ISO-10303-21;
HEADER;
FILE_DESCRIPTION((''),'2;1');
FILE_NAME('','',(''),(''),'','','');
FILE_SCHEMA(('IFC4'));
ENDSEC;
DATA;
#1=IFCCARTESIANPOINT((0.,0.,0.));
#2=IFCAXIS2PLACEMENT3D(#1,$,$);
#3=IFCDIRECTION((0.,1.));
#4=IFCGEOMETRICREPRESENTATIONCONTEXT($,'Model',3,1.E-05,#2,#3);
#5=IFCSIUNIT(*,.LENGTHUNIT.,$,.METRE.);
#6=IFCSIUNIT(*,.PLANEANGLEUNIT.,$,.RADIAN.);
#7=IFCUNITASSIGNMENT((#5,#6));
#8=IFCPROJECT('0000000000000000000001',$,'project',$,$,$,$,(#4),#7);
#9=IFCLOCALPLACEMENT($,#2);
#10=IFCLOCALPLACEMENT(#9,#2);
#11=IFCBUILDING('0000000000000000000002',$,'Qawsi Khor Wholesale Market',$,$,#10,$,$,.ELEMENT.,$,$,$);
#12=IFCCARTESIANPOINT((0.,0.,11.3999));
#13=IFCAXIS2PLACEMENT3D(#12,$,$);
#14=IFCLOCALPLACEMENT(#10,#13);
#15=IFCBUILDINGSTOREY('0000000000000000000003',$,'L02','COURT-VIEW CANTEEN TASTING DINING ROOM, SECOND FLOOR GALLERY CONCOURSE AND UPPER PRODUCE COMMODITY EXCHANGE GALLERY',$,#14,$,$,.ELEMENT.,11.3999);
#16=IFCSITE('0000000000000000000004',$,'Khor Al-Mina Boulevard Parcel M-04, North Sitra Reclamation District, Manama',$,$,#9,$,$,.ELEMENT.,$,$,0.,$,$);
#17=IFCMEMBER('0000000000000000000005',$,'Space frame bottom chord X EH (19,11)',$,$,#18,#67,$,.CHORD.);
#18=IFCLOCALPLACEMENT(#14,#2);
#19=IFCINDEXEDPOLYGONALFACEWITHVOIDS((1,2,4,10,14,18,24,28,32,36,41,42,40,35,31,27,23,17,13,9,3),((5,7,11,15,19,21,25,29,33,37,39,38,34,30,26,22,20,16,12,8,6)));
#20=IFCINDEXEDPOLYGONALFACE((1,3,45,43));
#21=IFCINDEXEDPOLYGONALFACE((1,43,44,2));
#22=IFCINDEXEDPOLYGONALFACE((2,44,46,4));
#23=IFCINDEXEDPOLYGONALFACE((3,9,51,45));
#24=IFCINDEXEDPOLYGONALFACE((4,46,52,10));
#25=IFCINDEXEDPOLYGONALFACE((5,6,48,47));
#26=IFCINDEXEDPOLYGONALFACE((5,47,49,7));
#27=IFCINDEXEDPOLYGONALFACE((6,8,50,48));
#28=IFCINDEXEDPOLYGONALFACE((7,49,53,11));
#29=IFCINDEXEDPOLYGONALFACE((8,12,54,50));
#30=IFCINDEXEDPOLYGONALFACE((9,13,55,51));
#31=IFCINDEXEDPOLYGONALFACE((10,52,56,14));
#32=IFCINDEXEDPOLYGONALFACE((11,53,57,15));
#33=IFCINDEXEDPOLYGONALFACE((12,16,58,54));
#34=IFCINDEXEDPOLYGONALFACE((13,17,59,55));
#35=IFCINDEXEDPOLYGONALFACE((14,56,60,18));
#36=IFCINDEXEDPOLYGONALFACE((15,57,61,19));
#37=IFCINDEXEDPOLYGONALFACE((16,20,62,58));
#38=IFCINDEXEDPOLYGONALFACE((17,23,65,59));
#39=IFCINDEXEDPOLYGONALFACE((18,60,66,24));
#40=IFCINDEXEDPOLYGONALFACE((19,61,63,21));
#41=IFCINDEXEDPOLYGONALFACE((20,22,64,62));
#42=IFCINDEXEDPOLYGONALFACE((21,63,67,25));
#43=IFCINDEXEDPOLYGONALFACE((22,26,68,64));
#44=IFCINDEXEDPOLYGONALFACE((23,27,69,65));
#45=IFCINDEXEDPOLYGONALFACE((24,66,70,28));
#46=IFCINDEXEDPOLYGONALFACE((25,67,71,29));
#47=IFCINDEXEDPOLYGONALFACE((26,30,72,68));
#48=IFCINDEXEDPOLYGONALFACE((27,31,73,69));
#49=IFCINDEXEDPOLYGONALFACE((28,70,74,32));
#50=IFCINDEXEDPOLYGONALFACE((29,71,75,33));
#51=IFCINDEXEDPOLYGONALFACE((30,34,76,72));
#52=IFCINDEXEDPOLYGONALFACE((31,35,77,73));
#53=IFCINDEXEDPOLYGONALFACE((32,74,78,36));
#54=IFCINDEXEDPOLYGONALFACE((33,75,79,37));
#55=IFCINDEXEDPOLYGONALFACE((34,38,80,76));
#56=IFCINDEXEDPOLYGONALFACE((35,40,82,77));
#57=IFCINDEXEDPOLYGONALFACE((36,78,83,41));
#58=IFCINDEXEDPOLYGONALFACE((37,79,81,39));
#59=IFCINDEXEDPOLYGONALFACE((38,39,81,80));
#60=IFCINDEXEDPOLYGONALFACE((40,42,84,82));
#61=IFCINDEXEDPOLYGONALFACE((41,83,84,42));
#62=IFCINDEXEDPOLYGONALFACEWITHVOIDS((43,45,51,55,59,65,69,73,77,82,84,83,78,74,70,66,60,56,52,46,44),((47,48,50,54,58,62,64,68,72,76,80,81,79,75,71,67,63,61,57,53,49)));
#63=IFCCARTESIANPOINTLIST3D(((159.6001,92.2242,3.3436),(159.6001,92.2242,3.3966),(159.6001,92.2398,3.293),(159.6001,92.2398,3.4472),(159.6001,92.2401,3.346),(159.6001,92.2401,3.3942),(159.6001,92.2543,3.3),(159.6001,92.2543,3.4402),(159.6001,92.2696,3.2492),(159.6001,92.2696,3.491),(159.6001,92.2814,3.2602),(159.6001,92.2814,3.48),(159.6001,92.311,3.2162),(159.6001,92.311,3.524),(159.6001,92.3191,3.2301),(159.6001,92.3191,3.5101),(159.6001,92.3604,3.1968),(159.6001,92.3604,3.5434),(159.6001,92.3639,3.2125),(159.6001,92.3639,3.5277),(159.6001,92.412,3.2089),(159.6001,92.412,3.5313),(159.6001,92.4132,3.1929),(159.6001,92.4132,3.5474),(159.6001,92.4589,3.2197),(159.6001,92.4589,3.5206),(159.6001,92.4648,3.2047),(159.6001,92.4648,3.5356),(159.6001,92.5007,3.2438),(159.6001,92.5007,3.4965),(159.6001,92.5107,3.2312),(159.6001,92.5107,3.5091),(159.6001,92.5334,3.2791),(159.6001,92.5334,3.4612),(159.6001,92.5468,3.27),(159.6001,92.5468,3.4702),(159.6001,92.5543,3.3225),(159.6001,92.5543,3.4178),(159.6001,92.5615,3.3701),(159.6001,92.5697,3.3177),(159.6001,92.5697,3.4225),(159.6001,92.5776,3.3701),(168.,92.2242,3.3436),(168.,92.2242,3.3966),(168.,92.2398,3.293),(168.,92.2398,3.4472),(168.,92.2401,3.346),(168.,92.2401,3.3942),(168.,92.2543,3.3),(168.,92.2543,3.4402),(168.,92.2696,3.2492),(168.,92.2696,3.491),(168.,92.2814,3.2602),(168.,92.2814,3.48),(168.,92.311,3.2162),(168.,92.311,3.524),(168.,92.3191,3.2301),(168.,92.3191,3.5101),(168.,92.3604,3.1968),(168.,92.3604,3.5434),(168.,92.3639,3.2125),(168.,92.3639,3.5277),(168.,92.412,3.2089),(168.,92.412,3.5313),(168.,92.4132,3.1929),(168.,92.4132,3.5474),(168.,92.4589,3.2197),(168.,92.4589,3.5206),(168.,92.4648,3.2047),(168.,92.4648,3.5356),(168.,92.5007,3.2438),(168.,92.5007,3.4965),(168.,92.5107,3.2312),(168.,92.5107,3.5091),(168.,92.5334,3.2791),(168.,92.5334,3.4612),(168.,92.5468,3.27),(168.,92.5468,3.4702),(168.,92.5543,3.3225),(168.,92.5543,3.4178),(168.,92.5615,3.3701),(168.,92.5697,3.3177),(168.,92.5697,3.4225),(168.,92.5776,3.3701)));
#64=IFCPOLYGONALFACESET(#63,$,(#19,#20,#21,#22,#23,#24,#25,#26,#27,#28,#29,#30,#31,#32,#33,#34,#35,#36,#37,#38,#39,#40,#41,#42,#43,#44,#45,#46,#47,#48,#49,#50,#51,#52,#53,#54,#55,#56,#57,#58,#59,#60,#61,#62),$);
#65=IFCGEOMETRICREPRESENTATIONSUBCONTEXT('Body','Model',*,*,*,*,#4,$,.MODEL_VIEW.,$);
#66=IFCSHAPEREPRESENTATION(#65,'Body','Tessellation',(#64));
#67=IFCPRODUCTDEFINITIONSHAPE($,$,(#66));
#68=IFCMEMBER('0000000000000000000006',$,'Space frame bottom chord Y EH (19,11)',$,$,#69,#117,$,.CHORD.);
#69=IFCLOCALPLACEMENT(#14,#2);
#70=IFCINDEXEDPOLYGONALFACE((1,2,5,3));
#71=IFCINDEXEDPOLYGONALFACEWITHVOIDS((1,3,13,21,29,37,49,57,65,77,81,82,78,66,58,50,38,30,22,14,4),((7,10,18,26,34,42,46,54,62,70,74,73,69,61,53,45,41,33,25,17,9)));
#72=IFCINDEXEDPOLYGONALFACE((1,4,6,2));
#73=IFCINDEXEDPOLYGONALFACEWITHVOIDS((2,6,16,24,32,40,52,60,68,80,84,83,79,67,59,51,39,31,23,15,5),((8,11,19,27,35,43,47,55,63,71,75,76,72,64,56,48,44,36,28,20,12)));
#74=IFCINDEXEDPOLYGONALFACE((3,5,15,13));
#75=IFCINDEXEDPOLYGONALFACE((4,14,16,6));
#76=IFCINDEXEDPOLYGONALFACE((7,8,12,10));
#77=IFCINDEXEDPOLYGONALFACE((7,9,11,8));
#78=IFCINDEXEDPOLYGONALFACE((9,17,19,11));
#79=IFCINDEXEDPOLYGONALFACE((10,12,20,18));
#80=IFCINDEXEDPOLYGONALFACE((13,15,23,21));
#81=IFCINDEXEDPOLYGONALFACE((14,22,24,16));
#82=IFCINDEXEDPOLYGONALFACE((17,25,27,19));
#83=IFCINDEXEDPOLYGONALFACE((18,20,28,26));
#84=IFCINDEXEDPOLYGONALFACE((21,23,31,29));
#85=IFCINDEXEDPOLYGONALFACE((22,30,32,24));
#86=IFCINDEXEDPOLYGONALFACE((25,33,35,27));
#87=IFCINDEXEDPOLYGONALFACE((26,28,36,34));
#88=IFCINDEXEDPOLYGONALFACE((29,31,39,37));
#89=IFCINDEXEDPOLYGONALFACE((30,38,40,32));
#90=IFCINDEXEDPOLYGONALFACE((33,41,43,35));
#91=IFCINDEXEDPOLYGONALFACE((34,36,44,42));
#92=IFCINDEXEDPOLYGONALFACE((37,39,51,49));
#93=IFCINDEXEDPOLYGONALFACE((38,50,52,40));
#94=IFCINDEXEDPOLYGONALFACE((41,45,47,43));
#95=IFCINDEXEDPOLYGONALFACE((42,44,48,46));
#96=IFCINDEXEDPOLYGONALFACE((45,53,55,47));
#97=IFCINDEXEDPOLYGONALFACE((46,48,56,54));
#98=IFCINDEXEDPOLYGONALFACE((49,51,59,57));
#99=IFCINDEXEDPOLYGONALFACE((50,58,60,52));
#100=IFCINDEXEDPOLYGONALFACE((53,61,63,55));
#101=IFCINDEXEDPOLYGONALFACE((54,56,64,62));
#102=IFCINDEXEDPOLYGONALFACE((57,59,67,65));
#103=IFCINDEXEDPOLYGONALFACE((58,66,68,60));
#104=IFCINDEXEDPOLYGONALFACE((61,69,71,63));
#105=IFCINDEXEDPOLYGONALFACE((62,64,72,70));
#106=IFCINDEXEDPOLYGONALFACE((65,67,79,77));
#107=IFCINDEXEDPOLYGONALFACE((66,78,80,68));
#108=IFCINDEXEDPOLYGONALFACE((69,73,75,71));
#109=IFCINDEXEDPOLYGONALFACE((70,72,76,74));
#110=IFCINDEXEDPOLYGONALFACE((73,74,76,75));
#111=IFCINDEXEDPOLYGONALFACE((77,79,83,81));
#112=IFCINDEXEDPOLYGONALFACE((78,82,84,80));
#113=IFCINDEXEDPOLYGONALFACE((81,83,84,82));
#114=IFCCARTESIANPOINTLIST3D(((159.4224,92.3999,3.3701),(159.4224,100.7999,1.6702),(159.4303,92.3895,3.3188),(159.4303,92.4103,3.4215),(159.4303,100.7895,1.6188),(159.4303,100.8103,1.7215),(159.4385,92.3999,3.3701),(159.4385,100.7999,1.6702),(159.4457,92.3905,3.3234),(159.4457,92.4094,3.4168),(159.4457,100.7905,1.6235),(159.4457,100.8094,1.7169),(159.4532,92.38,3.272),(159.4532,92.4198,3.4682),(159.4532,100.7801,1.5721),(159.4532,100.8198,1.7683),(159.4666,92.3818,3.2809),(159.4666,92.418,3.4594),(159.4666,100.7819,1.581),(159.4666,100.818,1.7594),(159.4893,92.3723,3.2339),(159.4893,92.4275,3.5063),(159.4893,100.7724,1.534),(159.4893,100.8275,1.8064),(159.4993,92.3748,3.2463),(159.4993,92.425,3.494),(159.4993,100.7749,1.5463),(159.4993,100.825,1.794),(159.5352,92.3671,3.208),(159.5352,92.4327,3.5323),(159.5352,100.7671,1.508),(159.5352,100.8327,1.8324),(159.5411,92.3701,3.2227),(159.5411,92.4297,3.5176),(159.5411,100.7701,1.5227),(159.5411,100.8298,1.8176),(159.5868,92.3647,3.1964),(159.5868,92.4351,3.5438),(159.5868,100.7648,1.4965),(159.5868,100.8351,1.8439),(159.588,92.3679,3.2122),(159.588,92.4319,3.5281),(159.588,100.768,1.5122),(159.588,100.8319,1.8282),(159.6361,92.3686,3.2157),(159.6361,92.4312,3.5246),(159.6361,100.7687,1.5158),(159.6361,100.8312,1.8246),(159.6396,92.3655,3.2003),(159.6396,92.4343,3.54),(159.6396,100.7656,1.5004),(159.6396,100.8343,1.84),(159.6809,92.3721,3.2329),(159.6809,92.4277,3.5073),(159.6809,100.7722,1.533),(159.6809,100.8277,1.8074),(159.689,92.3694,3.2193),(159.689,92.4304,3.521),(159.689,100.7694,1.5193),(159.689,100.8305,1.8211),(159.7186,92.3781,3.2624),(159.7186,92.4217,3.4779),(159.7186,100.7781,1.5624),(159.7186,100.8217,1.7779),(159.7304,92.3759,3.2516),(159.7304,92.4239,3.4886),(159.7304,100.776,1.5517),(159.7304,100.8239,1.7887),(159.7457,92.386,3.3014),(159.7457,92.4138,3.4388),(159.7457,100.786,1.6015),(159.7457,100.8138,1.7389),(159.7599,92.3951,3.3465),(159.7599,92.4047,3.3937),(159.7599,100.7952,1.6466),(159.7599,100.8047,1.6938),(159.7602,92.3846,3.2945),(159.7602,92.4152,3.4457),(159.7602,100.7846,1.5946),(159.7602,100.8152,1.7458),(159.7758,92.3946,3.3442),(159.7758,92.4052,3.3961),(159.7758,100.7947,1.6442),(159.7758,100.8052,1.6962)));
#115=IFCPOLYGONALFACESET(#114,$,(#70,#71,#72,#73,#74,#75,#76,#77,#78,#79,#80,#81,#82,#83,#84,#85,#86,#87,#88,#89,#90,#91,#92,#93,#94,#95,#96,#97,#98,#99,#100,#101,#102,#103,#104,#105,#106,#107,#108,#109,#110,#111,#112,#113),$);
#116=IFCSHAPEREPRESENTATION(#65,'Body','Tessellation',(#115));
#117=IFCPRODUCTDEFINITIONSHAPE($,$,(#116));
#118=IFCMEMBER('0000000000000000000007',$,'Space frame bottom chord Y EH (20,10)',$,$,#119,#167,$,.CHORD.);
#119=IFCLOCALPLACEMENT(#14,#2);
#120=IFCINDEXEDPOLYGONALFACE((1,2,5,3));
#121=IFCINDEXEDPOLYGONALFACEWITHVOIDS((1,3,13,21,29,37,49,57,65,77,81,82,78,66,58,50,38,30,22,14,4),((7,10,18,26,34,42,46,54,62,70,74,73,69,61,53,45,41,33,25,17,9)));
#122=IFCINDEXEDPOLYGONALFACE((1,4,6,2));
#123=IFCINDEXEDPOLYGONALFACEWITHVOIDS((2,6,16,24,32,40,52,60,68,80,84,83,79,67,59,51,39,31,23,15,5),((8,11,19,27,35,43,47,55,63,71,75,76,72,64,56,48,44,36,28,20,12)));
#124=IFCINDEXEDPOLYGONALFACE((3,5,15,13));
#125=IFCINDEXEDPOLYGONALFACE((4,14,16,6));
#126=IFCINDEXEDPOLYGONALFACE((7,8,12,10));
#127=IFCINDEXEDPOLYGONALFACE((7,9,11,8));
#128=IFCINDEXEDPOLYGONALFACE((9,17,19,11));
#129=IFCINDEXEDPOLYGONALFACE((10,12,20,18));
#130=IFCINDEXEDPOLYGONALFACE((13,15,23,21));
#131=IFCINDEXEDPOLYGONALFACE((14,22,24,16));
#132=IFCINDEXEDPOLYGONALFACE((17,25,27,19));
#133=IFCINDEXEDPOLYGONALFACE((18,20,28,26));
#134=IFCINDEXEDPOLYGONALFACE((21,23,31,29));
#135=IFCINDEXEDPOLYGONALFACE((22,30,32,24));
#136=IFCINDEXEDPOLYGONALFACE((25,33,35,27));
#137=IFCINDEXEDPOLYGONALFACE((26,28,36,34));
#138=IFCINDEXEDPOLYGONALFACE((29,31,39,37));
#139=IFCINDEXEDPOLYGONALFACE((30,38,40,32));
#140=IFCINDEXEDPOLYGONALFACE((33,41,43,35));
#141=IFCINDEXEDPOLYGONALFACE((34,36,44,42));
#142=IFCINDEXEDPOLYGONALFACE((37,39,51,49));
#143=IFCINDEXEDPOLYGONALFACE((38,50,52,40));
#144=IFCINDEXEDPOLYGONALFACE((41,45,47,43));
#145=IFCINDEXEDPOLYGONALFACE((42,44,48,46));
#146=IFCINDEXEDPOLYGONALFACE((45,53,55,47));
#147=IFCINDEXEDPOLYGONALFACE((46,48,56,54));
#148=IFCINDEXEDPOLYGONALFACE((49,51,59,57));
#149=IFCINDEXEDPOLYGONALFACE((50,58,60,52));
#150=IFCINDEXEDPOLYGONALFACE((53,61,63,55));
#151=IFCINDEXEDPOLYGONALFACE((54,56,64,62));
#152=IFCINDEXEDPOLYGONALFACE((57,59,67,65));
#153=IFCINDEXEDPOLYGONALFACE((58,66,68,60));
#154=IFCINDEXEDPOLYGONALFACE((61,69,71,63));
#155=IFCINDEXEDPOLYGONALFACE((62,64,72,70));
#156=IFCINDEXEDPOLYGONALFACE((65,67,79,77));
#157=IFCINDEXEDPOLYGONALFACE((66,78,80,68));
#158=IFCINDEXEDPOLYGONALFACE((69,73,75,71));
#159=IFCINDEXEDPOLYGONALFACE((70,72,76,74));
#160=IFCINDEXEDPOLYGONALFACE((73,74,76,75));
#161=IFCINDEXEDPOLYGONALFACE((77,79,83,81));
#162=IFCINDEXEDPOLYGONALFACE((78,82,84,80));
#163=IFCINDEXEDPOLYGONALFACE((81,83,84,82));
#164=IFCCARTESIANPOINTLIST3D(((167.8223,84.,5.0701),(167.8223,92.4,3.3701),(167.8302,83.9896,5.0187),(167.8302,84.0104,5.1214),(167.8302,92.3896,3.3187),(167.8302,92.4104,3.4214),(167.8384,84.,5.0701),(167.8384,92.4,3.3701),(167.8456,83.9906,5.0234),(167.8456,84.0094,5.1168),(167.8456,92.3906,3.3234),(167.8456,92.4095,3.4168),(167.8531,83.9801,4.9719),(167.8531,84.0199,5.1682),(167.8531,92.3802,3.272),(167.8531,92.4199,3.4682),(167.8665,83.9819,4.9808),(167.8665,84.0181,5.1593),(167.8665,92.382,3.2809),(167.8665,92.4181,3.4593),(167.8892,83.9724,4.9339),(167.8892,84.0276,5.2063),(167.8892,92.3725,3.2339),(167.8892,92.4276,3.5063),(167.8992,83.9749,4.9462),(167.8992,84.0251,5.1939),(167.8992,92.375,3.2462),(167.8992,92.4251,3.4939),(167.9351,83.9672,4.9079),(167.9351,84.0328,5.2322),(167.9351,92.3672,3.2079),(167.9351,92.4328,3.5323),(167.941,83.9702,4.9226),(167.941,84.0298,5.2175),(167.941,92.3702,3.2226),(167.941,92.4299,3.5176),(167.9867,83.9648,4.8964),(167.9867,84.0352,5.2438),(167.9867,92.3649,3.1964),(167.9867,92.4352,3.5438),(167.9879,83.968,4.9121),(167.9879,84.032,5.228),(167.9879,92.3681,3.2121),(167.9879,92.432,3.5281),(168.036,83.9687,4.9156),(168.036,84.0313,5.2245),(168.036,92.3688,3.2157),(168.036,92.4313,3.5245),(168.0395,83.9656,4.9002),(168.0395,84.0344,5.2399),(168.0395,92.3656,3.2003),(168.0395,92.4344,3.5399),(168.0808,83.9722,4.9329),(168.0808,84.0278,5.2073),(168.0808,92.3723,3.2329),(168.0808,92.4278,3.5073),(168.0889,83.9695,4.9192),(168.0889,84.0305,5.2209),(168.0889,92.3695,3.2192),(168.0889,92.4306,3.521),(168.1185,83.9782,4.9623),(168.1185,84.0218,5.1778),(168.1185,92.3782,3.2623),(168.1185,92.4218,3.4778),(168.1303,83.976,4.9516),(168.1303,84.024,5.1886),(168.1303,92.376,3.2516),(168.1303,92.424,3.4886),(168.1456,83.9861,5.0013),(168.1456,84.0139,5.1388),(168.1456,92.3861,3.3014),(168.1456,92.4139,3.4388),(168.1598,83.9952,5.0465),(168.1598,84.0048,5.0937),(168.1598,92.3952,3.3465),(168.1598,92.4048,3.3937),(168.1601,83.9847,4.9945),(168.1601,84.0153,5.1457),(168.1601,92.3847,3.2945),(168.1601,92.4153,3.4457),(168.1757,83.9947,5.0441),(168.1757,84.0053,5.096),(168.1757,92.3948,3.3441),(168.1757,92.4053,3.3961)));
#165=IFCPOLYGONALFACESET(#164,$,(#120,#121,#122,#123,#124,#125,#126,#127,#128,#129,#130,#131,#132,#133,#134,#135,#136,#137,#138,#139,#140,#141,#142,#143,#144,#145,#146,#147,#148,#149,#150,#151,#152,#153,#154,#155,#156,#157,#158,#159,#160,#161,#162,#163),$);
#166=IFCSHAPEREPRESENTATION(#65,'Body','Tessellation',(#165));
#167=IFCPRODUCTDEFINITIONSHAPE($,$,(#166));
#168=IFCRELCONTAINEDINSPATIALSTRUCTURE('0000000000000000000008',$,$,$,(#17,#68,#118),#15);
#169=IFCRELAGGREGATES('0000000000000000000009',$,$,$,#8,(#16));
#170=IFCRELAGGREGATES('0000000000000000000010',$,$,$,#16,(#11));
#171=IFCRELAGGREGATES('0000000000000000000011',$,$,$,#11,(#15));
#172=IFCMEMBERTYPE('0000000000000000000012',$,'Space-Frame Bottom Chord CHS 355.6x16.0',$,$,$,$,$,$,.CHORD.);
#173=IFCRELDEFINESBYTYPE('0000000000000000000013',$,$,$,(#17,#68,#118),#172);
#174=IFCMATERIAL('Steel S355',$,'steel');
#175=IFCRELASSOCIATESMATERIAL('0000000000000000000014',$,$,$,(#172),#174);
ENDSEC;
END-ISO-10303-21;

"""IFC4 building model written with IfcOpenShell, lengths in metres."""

from ifc_helpers import new_model, si_unit, direction, frame, origin, origin_2d, place, context, subcontext, project, spatial, hollow_circle, extrude, material, material_profile, profile_set, type_object, element, save


model = new_model("IFC4")

# Units and contexts
model_context = context("Model", 3, precision=1e-05, world=origin(), true_north=direction((0.0, 1.0)))
body_context = subcontext(model_context, "Body", "Model", "MODEL_VIEW")
ifc_project = project(units=[si_unit("LENGTHUNIT", "METRE"), si_unit("PLANEANGLEUNIT", "RADIAN")], contexts=[model_context])

# Site, building, storey
site_placement = place(None, origin())
site = spatial("IfcSite", under=ifc_project, at=site_placement, Name="Khor Al-Mina Boulevard Parcel M-04, North Sitra Reclamation District, Manama", CompositionType="ELEMENT", RefElevation=0.0)
building_placement = place(site_placement, origin())
building = spatial("IfcBuilding", under=site, at=building_placement, Name="Qawsi Khor Wholesale Market", CompositionType="ELEMENT")
storey_placement = place(building_placement, frame((0.0, 0.0, 11.3999)))
storey = spatial("IfcBuildingStorey", under=building, at=storey_placement, Name="L02", Description="COURT-VIEW CANTEEN TASTING DINING ROOM, SECOND FLOOR GALLERY CONCOURSE AND UPPER PRODUCE COMMODITY EXCHANGE GALLERY", CompositionType="ELEMENT", Elevation=11.3999)

# Members
ifc_material_1 = material(Name="Steel S355", Category="steel")
ifc_material_profile_1 = material_profile(ifc_material_1, hollow_circle(Radius=0.1777, WallThickness=0.0161, at=origin_2d()), Name="CHS 355.6x16.0")
ifc_profile_set_1 = profile_set([ifc_material_profile_1], Name="Steel S355")
member_type_1 = type_object("IfcMemberType", Name="Space-Frame Bottom Chord CHS 355.6x16.0", PredefinedType="CHORD", material=ifc_profile_set_1)
member_1_placement = place(storey_placement, frame((159.6001, 92.3999, 3.3701), z_axis=(1.0, 0.0, 0.0), x_axis=(0.0, 1.0, 0.0)))
element("IfcMember", 1, at=member_1_placement, inside=storey, type_object=member_type_1, Name="Space frame bottom chord X EH (19,11)", PredefinedType="CHORD", context=body_context, shape_type="SweptSolid", body=[
    extrude(hollow_circle(Radius=0.1777, WallThickness=0.0161, at=origin_2d()), origin(), (0.0, 0.0, 1.0), 8.3999),
])
for number, where, z_axis, x_axis, name in (
    (2, (159.6001, 92.3999, 3.3701), (0.0, 0.980131, -0.198351), (-1.0, 0.0, 0.0), "Space frame bottom chord Y EH (19,11)"),
    (3, (168.0, 84.0, 5.0701), (0.0, 0.98013, -0.198356), (-1.0, 0.0, 0.0), "Space frame bottom chord Y EH (20,10)"),
):
    element("IfcMember", number, at=place(storey_placement, frame(where, z_axis=z_axis, x_axis=x_axis)), inside=storey, type_object=member_type_1, Name=name, PredefinedType="CHORD", context=body_context, shape_type="SweptSolid", body=[
        extrude(hollow_circle(Radius=0.1777, WallThickness=0.0161, at=origin_2d()), origin(), (0.0, 0.0, 1.0), 8.5703),
    ])

save(model, "model.ifc")
